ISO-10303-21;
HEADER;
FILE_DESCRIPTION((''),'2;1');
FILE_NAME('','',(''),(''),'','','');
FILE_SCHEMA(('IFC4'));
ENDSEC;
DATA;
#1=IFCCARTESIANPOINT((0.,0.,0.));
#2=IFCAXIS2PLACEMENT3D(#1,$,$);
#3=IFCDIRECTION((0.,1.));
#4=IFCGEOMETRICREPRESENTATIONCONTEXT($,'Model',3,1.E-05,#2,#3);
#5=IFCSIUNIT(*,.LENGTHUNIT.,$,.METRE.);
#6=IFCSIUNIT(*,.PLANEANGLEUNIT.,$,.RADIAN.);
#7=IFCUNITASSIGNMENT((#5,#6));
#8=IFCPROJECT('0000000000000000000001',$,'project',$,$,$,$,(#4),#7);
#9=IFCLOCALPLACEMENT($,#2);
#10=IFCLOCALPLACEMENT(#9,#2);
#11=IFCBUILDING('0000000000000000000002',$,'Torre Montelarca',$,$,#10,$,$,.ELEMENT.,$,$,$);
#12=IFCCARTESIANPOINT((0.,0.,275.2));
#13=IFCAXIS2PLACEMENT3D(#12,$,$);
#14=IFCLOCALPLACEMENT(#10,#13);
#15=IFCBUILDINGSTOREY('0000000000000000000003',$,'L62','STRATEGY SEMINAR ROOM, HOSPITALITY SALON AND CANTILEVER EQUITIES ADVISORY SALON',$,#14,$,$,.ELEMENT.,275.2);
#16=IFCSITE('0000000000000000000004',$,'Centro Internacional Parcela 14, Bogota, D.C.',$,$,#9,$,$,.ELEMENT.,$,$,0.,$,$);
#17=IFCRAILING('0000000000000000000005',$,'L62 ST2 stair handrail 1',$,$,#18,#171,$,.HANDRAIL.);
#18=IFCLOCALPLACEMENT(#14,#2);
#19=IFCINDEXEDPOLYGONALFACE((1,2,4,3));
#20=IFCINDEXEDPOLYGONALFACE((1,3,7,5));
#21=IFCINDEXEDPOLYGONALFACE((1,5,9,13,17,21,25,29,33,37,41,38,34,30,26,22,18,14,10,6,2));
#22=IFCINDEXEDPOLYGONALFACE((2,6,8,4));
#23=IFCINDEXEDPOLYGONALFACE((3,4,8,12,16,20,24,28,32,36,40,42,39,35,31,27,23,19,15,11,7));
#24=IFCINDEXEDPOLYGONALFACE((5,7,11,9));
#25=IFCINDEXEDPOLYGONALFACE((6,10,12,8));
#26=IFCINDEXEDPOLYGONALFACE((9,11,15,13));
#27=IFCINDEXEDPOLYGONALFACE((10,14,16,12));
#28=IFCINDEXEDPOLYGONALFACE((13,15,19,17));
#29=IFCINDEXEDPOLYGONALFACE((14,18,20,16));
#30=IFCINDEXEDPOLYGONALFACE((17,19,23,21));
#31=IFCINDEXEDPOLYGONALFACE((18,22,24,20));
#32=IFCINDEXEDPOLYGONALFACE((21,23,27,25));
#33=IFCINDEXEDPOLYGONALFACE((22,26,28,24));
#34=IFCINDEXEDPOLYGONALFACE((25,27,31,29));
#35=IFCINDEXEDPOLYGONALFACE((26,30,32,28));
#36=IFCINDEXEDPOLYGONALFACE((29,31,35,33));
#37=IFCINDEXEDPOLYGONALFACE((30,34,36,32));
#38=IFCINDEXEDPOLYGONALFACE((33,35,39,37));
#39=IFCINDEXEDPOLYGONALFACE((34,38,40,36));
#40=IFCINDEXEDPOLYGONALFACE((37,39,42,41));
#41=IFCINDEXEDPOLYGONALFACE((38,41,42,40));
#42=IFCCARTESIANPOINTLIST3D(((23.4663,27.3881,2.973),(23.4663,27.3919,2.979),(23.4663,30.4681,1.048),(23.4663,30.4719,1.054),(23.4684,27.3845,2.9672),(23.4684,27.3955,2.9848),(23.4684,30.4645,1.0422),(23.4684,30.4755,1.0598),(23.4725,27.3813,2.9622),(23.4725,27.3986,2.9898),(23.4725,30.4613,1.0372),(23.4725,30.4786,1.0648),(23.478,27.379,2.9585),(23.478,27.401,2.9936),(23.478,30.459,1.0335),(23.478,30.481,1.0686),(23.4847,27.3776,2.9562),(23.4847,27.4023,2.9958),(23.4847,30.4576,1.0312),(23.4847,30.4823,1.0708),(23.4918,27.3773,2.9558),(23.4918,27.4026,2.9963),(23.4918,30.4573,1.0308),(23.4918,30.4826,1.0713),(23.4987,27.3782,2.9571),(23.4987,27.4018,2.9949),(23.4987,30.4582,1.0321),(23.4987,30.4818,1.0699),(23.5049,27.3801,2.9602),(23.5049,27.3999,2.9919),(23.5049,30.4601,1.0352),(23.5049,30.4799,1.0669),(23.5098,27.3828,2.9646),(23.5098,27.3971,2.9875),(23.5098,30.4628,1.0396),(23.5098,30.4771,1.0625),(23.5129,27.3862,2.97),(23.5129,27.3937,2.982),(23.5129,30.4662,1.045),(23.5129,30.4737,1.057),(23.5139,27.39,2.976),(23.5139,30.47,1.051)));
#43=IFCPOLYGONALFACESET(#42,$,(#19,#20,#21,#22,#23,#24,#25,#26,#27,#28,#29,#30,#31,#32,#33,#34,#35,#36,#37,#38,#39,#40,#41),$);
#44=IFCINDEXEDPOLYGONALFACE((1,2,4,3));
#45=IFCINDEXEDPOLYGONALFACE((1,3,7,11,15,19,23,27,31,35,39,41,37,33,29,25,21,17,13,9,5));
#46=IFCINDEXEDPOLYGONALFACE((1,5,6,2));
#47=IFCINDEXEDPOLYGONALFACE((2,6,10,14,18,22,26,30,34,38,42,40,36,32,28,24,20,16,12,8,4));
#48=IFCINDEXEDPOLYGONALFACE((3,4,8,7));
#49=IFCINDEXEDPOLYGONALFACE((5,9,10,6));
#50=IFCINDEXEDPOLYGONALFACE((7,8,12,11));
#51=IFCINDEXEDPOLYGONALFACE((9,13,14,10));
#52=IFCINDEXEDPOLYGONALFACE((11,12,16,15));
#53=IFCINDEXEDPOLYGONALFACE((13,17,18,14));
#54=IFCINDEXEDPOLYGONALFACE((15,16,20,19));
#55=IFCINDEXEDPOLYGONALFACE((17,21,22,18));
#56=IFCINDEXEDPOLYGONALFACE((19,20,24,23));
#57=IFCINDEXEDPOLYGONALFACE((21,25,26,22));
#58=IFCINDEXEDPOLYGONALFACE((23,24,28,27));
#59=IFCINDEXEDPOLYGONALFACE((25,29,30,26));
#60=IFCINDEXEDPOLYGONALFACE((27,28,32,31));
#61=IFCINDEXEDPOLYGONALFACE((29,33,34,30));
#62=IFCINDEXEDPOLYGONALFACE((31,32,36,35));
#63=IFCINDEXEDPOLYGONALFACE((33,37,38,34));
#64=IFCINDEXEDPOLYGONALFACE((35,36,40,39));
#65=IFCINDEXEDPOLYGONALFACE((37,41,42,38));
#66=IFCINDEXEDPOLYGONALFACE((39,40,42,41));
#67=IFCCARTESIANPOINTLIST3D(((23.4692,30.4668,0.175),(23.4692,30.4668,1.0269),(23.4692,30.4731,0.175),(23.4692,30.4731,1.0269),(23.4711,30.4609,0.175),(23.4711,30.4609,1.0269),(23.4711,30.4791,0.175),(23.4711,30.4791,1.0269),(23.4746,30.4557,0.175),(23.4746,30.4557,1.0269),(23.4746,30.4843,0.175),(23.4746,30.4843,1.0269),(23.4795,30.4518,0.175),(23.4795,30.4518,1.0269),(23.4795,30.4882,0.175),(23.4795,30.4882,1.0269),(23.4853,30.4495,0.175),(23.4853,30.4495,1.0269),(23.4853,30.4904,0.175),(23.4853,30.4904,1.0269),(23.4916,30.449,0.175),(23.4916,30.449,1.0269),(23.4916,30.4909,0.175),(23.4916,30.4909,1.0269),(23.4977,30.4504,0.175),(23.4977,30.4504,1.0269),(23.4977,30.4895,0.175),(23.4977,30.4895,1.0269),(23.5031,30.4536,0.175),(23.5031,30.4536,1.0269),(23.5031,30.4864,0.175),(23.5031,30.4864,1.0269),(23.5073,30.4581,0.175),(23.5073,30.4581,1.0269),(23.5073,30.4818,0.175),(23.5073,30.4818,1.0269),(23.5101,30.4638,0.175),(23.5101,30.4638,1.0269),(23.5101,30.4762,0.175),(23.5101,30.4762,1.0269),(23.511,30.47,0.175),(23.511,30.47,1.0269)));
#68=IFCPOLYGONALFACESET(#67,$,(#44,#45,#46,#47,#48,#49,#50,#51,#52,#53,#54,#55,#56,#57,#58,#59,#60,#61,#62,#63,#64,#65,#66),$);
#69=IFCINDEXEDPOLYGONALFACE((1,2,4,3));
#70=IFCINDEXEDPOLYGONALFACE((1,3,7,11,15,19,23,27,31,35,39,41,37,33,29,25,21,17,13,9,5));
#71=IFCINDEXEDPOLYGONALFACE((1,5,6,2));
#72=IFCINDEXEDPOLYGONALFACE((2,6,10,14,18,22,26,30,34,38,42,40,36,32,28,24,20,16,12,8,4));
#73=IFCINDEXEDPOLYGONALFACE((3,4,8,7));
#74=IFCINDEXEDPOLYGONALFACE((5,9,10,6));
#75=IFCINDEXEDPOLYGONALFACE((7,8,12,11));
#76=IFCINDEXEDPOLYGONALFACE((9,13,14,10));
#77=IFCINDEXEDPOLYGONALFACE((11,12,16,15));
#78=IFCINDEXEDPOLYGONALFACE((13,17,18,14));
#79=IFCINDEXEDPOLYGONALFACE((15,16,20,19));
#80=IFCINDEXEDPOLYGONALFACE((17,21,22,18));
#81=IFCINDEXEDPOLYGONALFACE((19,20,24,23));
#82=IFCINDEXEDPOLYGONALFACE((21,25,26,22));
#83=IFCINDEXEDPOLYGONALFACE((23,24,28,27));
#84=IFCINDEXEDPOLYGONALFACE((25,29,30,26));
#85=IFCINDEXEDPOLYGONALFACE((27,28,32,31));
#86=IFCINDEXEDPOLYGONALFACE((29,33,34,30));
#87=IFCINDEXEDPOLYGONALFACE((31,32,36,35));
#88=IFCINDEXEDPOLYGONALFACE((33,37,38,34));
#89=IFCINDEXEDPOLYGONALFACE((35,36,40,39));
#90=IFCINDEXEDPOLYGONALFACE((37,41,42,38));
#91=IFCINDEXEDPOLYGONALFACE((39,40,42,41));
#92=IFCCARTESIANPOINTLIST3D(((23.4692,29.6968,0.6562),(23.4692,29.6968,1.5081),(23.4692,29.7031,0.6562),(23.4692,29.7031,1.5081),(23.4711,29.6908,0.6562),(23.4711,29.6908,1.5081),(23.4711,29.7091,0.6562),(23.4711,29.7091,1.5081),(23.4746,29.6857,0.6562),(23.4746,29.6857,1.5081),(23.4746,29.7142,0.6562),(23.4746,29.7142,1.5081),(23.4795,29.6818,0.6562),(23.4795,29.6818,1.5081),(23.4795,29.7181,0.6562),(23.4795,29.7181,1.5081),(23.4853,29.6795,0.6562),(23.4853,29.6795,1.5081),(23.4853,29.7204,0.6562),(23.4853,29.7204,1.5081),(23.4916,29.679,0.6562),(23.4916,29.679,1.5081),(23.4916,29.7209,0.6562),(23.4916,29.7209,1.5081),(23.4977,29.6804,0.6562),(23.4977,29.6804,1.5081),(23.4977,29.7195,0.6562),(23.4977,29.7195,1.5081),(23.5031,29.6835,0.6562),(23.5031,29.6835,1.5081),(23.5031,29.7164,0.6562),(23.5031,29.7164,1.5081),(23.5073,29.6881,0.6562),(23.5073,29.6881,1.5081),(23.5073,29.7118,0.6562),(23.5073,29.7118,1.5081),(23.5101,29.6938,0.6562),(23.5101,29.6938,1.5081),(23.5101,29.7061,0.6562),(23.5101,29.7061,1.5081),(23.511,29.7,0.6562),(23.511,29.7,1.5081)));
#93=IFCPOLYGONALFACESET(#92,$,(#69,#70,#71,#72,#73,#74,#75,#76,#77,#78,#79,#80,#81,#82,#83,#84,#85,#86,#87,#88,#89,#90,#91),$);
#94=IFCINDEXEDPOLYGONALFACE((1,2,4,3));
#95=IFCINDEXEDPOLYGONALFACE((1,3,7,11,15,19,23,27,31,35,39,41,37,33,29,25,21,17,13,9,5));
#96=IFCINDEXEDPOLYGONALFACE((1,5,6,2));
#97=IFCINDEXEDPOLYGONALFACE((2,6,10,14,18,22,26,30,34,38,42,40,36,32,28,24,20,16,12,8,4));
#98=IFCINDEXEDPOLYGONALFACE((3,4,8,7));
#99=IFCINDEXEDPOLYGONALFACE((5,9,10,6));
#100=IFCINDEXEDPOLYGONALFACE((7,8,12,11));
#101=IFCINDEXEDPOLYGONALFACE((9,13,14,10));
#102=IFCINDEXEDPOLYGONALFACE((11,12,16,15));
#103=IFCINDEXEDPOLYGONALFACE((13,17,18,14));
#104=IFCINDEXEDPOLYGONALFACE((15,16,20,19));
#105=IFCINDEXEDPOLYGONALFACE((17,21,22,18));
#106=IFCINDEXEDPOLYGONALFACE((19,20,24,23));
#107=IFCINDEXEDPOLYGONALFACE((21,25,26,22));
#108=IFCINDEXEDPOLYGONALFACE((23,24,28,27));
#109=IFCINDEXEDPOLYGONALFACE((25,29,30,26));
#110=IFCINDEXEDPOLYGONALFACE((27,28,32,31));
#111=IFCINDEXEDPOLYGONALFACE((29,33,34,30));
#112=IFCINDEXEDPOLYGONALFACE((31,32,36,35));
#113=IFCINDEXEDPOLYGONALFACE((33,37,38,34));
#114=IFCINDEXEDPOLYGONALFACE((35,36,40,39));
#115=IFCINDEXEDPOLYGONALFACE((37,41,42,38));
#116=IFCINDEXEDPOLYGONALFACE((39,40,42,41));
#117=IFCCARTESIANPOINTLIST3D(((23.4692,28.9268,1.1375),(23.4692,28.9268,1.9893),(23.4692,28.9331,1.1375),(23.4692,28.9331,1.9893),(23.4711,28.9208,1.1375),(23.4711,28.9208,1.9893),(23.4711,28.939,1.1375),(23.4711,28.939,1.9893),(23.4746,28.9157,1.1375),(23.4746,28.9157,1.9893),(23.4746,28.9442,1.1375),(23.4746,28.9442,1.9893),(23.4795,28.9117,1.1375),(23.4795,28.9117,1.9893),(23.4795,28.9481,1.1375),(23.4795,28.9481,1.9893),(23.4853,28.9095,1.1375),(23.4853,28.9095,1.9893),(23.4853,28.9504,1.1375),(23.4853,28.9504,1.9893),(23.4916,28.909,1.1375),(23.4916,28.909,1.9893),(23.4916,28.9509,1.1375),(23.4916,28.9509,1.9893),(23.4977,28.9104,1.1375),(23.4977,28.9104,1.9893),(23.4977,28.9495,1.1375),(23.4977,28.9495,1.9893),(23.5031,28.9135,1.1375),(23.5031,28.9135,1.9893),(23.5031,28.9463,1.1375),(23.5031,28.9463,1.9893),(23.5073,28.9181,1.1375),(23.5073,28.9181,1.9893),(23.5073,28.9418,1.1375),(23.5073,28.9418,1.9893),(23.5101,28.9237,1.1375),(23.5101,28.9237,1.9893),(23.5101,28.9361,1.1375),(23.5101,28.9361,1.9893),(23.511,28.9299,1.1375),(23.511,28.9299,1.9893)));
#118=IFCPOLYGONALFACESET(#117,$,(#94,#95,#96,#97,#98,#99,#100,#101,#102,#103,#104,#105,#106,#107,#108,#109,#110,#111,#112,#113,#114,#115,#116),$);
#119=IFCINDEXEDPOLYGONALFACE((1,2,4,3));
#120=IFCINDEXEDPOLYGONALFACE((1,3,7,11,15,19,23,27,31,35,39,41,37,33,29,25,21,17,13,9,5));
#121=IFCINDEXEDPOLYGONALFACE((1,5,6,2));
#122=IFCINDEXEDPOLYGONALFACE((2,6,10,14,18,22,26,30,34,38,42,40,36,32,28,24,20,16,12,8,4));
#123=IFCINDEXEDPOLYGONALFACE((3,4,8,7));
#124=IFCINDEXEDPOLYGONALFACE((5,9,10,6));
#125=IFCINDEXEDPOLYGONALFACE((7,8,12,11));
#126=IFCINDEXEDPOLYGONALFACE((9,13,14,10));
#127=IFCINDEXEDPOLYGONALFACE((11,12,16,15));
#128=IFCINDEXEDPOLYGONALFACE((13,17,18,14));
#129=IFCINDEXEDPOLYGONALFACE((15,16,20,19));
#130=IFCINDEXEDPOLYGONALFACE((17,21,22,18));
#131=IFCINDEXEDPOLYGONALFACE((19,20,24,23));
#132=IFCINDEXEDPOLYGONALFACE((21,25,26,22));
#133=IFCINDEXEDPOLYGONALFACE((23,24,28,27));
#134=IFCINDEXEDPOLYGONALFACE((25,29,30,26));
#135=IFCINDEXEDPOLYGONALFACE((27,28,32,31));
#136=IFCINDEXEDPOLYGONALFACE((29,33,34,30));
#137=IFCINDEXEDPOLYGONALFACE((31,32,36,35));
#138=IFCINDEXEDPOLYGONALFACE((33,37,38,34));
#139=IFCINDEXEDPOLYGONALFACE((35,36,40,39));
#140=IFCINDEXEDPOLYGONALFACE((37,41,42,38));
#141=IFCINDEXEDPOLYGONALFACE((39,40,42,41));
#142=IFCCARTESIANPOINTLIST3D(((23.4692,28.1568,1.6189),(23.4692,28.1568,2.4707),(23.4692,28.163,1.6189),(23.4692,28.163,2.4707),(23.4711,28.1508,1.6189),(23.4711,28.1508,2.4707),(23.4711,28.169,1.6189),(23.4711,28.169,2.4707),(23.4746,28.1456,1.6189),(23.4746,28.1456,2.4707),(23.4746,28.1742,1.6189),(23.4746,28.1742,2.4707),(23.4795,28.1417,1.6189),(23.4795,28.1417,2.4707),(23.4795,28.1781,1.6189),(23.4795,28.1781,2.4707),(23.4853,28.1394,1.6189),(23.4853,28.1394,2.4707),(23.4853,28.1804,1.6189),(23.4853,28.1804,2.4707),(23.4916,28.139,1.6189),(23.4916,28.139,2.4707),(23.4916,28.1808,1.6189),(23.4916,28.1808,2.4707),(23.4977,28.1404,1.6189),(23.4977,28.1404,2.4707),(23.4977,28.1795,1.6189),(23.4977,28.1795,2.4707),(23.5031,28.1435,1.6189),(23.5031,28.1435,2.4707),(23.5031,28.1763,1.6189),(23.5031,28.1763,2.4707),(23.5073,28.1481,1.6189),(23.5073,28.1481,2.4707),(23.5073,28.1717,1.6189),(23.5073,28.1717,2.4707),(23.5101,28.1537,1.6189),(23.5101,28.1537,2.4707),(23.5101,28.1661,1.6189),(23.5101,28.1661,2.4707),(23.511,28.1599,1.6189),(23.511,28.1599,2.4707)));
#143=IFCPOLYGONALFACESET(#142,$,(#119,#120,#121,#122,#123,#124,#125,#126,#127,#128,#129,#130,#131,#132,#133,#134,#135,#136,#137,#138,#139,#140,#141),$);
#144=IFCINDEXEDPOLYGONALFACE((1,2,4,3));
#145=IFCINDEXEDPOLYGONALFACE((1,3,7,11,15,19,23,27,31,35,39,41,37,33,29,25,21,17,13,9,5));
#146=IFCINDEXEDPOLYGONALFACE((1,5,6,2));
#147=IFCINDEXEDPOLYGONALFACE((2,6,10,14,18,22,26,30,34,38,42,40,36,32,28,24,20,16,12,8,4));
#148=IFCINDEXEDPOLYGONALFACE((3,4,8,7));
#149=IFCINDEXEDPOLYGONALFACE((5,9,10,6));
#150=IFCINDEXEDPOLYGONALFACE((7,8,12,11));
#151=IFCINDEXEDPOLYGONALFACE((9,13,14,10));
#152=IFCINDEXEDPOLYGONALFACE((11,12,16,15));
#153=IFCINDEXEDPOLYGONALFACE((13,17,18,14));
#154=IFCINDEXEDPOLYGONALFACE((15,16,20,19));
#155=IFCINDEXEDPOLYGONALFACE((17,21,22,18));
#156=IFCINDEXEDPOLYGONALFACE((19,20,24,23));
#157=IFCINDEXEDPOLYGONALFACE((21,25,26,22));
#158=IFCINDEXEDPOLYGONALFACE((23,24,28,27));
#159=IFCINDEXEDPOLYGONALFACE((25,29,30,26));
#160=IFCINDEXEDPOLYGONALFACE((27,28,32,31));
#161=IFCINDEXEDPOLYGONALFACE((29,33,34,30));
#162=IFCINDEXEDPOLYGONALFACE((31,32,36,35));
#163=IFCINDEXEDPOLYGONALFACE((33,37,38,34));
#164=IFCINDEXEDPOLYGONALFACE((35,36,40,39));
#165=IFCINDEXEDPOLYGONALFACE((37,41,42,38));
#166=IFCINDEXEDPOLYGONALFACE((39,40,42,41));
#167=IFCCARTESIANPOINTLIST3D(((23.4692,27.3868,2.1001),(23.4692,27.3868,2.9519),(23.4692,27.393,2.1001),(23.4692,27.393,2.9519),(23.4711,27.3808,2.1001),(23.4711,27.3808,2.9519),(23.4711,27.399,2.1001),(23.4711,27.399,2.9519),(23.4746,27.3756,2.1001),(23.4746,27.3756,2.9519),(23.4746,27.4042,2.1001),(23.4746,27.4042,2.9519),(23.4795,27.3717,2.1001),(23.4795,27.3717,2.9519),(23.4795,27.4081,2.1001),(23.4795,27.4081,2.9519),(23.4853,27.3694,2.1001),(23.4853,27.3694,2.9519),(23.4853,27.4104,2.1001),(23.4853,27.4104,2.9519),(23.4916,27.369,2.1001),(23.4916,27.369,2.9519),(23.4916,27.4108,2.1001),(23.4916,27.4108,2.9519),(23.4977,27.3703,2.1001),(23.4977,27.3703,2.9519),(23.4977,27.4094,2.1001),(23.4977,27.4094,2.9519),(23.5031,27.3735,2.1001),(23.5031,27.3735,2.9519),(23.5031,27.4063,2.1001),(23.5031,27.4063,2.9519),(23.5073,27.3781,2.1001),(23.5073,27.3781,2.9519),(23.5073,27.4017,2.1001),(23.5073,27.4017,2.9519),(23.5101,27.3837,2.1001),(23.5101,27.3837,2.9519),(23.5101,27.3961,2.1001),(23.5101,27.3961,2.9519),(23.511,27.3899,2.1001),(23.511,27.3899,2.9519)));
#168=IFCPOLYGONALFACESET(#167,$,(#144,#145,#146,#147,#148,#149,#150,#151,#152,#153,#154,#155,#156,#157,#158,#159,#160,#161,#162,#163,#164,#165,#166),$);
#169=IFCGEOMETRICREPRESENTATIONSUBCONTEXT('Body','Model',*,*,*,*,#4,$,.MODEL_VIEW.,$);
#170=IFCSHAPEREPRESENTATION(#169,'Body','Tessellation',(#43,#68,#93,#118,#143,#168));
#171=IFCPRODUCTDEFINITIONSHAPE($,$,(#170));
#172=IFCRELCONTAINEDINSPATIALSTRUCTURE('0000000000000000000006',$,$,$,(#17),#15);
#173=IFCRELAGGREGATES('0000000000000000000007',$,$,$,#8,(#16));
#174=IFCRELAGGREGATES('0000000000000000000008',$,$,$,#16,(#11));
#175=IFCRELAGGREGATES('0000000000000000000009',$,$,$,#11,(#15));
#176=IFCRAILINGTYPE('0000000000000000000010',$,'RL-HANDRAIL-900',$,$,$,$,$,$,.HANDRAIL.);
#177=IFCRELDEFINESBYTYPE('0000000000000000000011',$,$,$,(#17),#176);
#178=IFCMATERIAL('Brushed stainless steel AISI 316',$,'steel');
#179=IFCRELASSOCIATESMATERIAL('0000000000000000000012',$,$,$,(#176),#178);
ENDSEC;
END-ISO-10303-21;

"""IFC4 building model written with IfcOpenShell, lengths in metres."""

from ifc_helpers import new_model, si_unit, direction, frame, origin, origin_2d, place, context, subcontext, project, spatial, circle, extrude, material, type_object, element, save


model = new_model("IFC4")

# Units and contexts
model_context = context("Model", 3, precision=1e-05, world=origin(), true_north=direction((0.0, 1.0)))
body_context = subcontext(model_context, "Body", "Model", "MODEL_VIEW")
ifc_project = project(units=[si_unit("LENGTHUNIT", "METRE"), si_unit("PLANEANGLEUNIT", "RADIAN")], contexts=[model_context])

# Site, building, storey
site_placement = place(None, origin())
site = spatial("IfcSite", under=ifc_project, at=site_placement, Name="Centro Internacional Parcela 14, Bogota, D.C.", CompositionType="ELEMENT", RefElevation=0.0)
building_placement = place(site_placement, origin())
building = spatial("IfcBuilding", under=site, at=building_placement, Name="Torre Montelarca", CompositionType="ELEMENT")
storey_placement = place(building_placement, frame((0.0, 0.0, 275.2)))
storey = spatial("IfcBuildingStorey", under=building, at=storey_placement, Name="L62", Description="STRATEGY SEMINAR ROOM, HOSPITALITY SALON AND CANTILEVER EQUITIES ADVISORY SALON", CompositionType="ELEMENT", Elevation=275.2)

# Shared definitions
ifc_material_1 = material(Name="Brushed stainless steel AISI 316", Category="steel")

# Railing
railing_type_1 = type_object("IfcRailingType", Name="RL-HANDRAIL-900", PredefinedType="HANDRAIL", material=ifc_material_1)
railing_1_placement = place(storey_placement, frame((23.49, 30.47, 0.175)))
element("IfcRailing", 1, at=railing_1_placement, inside=storey, type_object=railing_type_1, Name="L62 ST2 stair handrail 1", PredefinedType="HANDRAIL", context=body_context, shape_type="SweptSolid", body=[
    extrude(circle(Radius=0.0239, at=origin_2d()), frame((0.0, 0.0, 0.876), z_axis=(0.0, -0.847998, 0.529999), x_axis=(1.0, 0.0, 0.0)), (0.0, 0.0, 1.0), 3.6321),
    extrude(circle(Radius=0.021, at=origin_2d()), origin(), (0.0, 0.0, 1.0), 0.8518),
    extrude(circle(Radius=0.021, at=origin_2d()), frame((0.0, -0.77, 0.4812)), (0.0, 0.0, 1.0), 0.8518),
    extrude(circle(Radius=0.021, at=origin_2d()), frame((0.0, -1.54, 0.9624)), (0.0, 0.0, 1.0), 0.8518),
    extrude(circle(Radius=0.021, at=origin_2d()), frame((0.0, -2.3101, 1.4438)), (0.0, 0.0, 1.0), 0.8518),
    extrude(circle(Radius=0.021, at=origin_2d()), frame((0.0, -3.0801, 1.925)), (0.0, 0.0, 1.0), 0.8518),
])

save(model, "model.ifc")
